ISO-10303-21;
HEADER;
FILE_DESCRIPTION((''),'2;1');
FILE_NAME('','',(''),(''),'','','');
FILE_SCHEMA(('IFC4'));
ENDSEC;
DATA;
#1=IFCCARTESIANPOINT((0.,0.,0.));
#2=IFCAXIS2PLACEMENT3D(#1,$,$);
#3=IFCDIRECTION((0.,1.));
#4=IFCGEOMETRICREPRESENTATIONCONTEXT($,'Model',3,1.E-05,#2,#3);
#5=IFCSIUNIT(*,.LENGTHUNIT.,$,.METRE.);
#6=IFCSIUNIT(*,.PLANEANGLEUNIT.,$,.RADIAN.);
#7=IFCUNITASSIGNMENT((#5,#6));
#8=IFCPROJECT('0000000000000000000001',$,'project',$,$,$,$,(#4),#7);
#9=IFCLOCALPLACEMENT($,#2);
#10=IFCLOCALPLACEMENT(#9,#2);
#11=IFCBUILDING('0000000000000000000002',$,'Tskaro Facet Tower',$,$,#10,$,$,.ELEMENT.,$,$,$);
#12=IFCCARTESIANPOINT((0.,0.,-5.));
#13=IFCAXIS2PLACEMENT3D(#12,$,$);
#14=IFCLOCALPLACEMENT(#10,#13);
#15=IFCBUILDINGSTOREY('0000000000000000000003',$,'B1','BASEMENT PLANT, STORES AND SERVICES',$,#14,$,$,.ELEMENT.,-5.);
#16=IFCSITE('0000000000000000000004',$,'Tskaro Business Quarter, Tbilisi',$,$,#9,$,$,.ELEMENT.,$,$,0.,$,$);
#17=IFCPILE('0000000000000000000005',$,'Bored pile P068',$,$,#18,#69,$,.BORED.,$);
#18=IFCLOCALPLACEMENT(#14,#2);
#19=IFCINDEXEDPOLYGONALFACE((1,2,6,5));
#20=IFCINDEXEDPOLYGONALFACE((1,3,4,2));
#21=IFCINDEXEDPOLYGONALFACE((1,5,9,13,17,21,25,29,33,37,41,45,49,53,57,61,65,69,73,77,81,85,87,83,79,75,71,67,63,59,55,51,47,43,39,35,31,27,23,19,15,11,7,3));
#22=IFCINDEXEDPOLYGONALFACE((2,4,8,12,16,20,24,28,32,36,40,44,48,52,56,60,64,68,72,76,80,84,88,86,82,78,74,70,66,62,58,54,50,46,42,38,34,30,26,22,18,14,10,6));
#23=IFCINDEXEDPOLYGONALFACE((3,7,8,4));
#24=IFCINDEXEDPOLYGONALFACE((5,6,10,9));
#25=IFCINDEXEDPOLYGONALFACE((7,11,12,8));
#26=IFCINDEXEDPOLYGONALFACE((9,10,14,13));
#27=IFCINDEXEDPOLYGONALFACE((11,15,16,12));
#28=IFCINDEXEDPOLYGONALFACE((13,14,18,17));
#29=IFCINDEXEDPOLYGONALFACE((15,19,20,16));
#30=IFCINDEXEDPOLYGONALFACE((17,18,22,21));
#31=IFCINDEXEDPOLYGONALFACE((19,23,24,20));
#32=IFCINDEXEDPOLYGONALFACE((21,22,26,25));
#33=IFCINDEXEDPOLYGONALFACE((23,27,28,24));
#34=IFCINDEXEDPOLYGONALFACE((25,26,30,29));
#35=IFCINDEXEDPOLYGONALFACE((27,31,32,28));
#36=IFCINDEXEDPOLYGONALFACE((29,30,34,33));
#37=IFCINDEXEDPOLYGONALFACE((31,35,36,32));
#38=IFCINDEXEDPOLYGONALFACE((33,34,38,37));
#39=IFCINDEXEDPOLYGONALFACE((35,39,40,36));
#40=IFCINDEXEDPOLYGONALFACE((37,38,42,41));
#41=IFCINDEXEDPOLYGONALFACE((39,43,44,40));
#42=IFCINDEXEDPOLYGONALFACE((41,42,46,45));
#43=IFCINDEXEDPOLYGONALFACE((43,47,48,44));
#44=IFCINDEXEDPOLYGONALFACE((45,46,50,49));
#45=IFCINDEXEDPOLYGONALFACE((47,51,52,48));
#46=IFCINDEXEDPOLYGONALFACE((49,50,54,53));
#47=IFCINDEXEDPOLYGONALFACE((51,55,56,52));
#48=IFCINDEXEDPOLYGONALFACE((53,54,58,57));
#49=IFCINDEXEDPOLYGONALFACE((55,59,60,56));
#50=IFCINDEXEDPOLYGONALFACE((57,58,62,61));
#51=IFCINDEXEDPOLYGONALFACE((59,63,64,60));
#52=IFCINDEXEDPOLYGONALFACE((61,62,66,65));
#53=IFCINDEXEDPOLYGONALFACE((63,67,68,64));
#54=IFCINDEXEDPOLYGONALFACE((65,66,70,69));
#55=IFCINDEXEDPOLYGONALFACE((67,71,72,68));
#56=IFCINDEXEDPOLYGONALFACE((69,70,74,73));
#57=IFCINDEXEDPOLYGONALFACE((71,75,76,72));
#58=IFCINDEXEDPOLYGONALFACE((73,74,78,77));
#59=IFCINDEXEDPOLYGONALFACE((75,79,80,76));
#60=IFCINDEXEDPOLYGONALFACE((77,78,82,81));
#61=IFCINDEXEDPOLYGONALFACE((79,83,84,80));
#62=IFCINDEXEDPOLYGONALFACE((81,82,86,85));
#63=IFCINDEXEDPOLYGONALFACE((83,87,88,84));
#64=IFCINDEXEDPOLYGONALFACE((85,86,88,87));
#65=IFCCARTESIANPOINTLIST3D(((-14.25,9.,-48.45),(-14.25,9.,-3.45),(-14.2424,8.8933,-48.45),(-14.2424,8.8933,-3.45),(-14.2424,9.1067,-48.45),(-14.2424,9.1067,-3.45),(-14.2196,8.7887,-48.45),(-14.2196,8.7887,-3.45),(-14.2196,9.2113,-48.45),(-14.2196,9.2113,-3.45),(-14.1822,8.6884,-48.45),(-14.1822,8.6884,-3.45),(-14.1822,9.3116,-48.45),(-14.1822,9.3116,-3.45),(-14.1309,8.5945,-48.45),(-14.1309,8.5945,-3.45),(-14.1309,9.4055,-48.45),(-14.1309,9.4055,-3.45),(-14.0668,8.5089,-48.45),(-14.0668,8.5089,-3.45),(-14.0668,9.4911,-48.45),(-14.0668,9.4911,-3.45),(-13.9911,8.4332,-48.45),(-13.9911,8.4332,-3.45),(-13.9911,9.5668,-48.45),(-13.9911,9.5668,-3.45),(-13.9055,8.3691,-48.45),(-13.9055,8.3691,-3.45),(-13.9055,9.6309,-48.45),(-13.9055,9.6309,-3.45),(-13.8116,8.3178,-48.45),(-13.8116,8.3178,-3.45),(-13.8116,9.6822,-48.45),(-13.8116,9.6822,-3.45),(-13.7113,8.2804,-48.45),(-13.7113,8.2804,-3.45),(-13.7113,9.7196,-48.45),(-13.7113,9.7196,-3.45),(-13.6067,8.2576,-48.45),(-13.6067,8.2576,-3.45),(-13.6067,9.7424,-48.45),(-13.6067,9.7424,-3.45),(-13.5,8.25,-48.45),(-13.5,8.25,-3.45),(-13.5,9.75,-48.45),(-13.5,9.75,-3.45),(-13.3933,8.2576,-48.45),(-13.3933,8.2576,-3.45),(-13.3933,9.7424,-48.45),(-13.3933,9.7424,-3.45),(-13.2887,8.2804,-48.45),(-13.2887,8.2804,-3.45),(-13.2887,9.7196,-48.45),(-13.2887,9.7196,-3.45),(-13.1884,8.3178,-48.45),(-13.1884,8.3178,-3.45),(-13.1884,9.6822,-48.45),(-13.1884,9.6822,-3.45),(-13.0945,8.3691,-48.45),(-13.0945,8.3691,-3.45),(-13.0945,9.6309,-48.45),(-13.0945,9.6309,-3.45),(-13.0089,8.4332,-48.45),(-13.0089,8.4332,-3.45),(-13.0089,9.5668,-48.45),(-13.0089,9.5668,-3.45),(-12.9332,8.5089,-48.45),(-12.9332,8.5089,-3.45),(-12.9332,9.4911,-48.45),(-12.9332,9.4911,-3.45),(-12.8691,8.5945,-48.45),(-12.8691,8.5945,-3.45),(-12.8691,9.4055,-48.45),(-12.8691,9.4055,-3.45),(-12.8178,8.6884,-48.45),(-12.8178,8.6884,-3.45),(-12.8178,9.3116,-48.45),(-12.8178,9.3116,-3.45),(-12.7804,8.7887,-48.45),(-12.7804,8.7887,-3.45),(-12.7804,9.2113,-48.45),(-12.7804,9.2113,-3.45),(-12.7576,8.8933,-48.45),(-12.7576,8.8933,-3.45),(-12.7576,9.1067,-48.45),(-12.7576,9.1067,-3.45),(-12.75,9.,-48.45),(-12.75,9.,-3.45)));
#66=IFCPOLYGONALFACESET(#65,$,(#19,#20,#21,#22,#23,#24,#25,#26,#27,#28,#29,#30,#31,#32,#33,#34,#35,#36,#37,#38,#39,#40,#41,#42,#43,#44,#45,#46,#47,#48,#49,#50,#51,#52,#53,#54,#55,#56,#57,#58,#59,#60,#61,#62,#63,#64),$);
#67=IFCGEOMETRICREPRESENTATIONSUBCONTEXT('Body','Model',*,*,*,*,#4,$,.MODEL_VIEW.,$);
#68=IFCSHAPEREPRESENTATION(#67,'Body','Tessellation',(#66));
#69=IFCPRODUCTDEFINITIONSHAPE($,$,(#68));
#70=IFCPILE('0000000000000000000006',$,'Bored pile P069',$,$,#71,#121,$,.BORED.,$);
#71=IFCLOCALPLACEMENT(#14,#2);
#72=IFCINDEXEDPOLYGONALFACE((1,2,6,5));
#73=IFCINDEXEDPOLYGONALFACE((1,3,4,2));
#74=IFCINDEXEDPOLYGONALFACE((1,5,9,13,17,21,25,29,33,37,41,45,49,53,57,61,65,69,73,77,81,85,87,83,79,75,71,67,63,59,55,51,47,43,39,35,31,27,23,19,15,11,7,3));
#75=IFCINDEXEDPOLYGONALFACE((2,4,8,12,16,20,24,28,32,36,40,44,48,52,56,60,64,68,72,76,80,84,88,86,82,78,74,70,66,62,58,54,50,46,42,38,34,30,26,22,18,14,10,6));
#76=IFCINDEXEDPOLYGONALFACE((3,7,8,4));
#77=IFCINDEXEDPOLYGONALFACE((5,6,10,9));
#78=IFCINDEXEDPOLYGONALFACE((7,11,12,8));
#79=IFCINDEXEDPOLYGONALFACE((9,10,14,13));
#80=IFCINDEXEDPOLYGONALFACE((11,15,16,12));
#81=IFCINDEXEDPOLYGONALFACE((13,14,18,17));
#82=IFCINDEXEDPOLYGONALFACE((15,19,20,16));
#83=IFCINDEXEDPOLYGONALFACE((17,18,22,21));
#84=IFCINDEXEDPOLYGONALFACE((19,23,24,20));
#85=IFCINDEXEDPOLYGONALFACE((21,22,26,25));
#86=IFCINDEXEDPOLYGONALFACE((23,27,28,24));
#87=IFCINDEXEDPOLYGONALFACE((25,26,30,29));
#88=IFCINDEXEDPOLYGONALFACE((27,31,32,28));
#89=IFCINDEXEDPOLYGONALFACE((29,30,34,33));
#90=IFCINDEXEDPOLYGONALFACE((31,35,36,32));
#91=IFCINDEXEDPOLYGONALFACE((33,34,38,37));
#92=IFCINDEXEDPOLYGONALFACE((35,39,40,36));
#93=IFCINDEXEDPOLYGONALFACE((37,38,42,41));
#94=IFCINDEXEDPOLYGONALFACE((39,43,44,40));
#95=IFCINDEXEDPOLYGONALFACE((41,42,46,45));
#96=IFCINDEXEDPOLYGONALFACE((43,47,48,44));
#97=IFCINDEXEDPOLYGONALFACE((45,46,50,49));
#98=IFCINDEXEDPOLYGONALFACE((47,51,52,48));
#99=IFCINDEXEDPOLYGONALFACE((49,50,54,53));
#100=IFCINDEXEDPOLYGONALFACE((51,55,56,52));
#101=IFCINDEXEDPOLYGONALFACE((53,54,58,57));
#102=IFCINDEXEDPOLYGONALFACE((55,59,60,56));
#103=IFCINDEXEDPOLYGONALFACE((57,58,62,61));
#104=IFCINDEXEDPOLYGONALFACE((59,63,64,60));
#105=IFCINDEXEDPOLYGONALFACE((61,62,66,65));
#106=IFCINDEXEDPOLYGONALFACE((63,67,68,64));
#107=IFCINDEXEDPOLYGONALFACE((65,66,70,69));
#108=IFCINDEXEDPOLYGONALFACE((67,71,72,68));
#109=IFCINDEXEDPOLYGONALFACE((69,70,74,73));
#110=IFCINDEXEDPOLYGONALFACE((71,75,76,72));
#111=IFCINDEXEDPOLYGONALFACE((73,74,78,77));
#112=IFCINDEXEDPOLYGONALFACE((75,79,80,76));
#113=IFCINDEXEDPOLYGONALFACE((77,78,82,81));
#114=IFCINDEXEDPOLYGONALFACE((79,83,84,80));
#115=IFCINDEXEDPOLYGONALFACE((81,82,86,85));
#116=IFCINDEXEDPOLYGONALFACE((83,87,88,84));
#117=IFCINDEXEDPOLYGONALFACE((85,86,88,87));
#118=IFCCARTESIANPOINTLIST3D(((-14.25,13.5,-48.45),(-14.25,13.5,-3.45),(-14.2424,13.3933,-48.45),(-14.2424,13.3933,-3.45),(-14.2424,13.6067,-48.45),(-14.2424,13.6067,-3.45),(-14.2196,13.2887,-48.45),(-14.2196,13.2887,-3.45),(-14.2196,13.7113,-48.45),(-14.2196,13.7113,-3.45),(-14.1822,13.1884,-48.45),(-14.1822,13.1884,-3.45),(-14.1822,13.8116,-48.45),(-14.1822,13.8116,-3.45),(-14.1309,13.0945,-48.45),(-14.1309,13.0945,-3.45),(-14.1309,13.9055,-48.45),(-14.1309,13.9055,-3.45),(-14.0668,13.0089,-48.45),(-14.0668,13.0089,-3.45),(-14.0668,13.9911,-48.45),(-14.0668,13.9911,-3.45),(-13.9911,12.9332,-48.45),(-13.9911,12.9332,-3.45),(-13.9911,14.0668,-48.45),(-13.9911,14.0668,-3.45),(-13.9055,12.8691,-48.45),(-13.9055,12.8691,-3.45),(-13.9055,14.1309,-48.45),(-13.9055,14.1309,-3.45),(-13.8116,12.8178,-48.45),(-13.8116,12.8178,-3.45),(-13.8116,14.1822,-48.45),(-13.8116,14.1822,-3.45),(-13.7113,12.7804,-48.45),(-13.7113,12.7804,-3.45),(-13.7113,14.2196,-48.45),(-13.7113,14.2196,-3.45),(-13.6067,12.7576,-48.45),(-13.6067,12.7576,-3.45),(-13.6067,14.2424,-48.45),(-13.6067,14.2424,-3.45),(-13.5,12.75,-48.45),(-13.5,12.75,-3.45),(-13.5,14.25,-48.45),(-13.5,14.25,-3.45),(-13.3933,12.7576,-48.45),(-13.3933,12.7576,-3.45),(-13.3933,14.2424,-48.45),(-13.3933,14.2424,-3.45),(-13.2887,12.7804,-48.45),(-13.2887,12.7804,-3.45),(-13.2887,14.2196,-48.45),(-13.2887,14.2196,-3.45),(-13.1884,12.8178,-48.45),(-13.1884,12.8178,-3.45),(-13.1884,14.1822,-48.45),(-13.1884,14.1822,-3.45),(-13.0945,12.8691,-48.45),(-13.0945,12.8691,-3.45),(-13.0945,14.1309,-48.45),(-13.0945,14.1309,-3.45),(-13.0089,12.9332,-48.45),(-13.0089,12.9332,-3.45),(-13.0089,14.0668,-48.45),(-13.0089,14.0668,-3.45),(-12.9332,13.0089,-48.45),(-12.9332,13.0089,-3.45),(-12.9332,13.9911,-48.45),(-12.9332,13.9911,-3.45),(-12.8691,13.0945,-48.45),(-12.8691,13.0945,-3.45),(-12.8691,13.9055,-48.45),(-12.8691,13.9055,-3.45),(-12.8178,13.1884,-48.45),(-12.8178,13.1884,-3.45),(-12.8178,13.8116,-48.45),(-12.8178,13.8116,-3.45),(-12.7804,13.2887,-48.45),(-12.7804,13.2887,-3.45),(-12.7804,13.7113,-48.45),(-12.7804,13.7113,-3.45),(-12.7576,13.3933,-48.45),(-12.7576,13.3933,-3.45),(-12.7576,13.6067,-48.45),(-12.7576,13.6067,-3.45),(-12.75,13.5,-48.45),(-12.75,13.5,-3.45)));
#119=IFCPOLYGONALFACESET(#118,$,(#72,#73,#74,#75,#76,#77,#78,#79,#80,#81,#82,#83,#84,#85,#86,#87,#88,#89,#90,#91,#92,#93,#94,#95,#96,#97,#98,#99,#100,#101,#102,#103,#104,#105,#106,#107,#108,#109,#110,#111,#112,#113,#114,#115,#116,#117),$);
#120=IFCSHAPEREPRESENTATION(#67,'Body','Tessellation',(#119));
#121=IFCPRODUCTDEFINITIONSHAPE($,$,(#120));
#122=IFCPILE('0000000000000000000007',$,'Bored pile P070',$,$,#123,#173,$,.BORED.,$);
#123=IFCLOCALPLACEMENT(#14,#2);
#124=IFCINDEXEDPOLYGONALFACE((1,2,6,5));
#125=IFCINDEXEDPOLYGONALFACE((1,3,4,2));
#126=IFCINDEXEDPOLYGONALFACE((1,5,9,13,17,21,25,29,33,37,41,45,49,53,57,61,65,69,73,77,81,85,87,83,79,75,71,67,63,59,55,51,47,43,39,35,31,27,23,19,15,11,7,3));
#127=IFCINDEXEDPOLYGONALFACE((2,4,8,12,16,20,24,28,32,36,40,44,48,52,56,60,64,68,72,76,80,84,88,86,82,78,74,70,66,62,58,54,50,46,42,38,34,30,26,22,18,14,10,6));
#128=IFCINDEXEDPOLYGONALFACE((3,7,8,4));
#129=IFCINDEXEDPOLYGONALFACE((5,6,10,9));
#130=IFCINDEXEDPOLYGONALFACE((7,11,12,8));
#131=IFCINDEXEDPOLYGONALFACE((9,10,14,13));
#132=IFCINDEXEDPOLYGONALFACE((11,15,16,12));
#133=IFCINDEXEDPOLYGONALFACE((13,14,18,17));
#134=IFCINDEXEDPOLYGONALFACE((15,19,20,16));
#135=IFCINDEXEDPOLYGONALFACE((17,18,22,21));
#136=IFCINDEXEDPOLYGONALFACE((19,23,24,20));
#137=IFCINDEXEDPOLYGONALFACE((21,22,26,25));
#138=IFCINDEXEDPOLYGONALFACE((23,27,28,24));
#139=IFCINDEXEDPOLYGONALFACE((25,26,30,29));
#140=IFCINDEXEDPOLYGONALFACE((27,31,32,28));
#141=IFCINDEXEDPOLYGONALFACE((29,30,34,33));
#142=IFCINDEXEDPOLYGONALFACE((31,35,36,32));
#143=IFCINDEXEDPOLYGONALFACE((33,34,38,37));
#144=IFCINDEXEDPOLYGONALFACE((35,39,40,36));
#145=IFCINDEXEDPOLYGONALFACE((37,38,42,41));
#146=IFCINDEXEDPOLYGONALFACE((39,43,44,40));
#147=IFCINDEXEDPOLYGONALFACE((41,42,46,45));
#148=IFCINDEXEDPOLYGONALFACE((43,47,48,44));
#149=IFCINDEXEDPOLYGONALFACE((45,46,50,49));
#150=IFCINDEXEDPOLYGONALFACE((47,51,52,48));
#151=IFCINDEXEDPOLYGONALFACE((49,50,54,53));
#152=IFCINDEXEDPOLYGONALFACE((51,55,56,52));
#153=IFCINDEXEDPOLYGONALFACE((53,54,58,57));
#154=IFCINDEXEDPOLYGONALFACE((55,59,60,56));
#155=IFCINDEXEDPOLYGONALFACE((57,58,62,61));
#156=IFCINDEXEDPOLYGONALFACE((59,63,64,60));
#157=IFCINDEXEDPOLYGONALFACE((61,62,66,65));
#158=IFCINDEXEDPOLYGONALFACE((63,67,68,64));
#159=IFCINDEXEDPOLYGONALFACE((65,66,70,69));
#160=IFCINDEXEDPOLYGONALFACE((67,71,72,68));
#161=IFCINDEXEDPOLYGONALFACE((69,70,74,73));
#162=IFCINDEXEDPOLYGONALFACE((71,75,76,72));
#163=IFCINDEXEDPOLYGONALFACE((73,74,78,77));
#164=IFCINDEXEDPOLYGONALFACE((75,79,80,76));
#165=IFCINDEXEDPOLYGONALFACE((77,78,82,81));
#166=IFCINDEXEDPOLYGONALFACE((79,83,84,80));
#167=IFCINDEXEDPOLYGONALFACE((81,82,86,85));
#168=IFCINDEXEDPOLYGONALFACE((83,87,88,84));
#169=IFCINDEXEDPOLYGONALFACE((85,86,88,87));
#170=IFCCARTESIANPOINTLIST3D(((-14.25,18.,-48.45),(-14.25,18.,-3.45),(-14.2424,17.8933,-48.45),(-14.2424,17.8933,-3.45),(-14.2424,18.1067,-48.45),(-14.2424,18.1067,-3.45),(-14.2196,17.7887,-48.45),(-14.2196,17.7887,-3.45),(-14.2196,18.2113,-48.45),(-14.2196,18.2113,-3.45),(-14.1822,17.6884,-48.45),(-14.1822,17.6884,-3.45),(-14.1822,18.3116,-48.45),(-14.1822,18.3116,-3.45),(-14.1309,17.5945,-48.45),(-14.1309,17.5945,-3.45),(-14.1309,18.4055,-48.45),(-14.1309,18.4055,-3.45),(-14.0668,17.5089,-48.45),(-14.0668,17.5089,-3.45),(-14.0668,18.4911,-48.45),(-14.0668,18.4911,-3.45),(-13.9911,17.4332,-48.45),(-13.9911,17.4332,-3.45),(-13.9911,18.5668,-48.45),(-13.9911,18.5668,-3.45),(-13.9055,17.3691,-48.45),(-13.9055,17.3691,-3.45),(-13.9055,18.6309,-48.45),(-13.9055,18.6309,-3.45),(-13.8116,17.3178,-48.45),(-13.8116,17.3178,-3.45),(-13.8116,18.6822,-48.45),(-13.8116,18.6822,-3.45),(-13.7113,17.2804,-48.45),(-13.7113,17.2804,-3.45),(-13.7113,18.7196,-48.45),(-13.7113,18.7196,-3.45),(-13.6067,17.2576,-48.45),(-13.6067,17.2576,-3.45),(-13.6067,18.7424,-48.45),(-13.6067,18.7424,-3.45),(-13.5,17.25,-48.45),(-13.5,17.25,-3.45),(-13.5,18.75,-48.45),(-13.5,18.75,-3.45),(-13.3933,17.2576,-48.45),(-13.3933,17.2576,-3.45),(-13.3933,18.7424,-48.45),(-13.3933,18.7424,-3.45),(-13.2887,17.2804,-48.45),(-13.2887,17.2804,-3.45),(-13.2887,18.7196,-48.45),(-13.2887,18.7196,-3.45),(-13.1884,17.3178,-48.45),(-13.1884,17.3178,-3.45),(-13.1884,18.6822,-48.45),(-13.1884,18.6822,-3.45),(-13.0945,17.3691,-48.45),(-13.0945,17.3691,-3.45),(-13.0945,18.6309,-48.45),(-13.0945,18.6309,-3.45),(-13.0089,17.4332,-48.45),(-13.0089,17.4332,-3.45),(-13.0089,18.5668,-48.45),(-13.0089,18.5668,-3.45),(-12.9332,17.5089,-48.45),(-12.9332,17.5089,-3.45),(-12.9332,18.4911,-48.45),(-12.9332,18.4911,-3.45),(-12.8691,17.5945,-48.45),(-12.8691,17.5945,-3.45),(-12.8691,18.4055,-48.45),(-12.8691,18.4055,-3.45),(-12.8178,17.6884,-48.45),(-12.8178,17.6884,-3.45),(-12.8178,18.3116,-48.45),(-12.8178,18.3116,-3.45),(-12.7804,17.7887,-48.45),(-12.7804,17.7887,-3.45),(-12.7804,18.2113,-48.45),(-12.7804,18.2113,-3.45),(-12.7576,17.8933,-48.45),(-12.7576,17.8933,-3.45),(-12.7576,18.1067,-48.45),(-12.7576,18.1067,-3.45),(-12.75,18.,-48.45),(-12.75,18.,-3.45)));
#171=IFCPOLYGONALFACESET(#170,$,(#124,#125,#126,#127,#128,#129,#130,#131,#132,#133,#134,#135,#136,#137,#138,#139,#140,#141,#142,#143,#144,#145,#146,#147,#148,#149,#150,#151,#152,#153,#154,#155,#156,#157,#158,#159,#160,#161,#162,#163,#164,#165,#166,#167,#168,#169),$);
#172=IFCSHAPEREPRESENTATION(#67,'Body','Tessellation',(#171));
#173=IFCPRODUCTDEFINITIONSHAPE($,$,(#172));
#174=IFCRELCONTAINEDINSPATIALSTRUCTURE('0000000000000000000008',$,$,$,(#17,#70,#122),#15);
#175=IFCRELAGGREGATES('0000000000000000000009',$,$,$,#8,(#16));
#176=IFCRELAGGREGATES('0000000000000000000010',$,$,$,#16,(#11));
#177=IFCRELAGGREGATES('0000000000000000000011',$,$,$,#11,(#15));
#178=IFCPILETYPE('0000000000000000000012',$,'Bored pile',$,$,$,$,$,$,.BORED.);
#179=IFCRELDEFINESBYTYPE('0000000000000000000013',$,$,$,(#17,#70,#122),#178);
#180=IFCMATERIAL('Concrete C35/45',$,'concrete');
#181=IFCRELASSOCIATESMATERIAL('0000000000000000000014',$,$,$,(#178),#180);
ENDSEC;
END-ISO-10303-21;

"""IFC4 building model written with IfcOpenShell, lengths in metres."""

from ifc_helpers import new_model, si_unit, direction, frame, origin, origin_2d, place, context, subcontext, project, spatial, circle, extrude, material, material_profile, profile_set, type_object, element, save


model = new_model("IFC4")

# Units and contexts
model_context = context("Model", 3, precision=1e-05, world=origin(), true_north=direction((0.0, 1.0)))
body_context = subcontext(model_context, "Body", "Model", "MODEL_VIEW")
ifc_project = project(units=[si_unit("LENGTHUNIT", "METRE"), si_unit("PLANEANGLEUNIT", "RADIAN")], contexts=[model_context])

# Site, building, storey
site_placement = place(None, origin())
site = spatial("IfcSite", under=ifc_project, at=site_placement, Name="Tskaro Business Quarter, Tbilisi", CompositionType="ELEMENT", RefElevation=0.0)
building_placement = place(site_placement, origin())
building = spatial("IfcBuilding", under=site, at=building_placement, Name="Tskaro Facet Tower", CompositionType="ELEMENT")
storey_placement = place(building_placement, frame((0.0, 0.0, -5.0)))
storey = spatial("IfcBuildingStorey", under=building, at=storey_placement, Name="B1", Description="BASEMENT PLANT, STORES AND SERVICES", CompositionType="ELEMENT", Elevation=-5.0)

# Piles
ifc_material_1 = material(Name="Concrete C35/45", Category="concrete")
ifc_material_profile_1 = material_profile(ifc_material_1, circle(Radius=0.75, at=origin_2d()), Name="Bored pile")
ifc_profile_set_1 = profile_set([ifc_material_profile_1], Name="Concrete C35/45")
pile_type = type_object("IfcPileType", Name="Bored pile", PredefinedType="BORED", material=ifc_profile_set_1)
for number, where, z_axis, x_axis, name in (
    (1, (-13.5, 9.0, -3.45), (0.0, 0.0, -1.0), (1.0, 0.0, 0.0), "Bored pile P068"),
    (2, (-13.5, 13.5, -3.45), (0.0, 0.0, -1.0), (1.0, 0.0, 0.0), "Bored pile P069"),
    (3, (-13.5, 18.0, -3.45), (0.0, 0.0, -1.0), (1.0, 0.0, 0.0), "Bored pile P070"),
):
    element("IfcPile", number, at=place(storey_placement, frame(where, z_axis=z_axis, x_axis=x_axis)), inside=storey, type_object=pile_type, Name=name, PredefinedType="BORED", context=body_context, shape_type="SweptSolid", body=[
        extrude(circle(Radius=0.75, at=origin_2d()), origin(), (0.0, 0.0, 1.0), 45.0),
    ])

save(model, "model.ifc")
